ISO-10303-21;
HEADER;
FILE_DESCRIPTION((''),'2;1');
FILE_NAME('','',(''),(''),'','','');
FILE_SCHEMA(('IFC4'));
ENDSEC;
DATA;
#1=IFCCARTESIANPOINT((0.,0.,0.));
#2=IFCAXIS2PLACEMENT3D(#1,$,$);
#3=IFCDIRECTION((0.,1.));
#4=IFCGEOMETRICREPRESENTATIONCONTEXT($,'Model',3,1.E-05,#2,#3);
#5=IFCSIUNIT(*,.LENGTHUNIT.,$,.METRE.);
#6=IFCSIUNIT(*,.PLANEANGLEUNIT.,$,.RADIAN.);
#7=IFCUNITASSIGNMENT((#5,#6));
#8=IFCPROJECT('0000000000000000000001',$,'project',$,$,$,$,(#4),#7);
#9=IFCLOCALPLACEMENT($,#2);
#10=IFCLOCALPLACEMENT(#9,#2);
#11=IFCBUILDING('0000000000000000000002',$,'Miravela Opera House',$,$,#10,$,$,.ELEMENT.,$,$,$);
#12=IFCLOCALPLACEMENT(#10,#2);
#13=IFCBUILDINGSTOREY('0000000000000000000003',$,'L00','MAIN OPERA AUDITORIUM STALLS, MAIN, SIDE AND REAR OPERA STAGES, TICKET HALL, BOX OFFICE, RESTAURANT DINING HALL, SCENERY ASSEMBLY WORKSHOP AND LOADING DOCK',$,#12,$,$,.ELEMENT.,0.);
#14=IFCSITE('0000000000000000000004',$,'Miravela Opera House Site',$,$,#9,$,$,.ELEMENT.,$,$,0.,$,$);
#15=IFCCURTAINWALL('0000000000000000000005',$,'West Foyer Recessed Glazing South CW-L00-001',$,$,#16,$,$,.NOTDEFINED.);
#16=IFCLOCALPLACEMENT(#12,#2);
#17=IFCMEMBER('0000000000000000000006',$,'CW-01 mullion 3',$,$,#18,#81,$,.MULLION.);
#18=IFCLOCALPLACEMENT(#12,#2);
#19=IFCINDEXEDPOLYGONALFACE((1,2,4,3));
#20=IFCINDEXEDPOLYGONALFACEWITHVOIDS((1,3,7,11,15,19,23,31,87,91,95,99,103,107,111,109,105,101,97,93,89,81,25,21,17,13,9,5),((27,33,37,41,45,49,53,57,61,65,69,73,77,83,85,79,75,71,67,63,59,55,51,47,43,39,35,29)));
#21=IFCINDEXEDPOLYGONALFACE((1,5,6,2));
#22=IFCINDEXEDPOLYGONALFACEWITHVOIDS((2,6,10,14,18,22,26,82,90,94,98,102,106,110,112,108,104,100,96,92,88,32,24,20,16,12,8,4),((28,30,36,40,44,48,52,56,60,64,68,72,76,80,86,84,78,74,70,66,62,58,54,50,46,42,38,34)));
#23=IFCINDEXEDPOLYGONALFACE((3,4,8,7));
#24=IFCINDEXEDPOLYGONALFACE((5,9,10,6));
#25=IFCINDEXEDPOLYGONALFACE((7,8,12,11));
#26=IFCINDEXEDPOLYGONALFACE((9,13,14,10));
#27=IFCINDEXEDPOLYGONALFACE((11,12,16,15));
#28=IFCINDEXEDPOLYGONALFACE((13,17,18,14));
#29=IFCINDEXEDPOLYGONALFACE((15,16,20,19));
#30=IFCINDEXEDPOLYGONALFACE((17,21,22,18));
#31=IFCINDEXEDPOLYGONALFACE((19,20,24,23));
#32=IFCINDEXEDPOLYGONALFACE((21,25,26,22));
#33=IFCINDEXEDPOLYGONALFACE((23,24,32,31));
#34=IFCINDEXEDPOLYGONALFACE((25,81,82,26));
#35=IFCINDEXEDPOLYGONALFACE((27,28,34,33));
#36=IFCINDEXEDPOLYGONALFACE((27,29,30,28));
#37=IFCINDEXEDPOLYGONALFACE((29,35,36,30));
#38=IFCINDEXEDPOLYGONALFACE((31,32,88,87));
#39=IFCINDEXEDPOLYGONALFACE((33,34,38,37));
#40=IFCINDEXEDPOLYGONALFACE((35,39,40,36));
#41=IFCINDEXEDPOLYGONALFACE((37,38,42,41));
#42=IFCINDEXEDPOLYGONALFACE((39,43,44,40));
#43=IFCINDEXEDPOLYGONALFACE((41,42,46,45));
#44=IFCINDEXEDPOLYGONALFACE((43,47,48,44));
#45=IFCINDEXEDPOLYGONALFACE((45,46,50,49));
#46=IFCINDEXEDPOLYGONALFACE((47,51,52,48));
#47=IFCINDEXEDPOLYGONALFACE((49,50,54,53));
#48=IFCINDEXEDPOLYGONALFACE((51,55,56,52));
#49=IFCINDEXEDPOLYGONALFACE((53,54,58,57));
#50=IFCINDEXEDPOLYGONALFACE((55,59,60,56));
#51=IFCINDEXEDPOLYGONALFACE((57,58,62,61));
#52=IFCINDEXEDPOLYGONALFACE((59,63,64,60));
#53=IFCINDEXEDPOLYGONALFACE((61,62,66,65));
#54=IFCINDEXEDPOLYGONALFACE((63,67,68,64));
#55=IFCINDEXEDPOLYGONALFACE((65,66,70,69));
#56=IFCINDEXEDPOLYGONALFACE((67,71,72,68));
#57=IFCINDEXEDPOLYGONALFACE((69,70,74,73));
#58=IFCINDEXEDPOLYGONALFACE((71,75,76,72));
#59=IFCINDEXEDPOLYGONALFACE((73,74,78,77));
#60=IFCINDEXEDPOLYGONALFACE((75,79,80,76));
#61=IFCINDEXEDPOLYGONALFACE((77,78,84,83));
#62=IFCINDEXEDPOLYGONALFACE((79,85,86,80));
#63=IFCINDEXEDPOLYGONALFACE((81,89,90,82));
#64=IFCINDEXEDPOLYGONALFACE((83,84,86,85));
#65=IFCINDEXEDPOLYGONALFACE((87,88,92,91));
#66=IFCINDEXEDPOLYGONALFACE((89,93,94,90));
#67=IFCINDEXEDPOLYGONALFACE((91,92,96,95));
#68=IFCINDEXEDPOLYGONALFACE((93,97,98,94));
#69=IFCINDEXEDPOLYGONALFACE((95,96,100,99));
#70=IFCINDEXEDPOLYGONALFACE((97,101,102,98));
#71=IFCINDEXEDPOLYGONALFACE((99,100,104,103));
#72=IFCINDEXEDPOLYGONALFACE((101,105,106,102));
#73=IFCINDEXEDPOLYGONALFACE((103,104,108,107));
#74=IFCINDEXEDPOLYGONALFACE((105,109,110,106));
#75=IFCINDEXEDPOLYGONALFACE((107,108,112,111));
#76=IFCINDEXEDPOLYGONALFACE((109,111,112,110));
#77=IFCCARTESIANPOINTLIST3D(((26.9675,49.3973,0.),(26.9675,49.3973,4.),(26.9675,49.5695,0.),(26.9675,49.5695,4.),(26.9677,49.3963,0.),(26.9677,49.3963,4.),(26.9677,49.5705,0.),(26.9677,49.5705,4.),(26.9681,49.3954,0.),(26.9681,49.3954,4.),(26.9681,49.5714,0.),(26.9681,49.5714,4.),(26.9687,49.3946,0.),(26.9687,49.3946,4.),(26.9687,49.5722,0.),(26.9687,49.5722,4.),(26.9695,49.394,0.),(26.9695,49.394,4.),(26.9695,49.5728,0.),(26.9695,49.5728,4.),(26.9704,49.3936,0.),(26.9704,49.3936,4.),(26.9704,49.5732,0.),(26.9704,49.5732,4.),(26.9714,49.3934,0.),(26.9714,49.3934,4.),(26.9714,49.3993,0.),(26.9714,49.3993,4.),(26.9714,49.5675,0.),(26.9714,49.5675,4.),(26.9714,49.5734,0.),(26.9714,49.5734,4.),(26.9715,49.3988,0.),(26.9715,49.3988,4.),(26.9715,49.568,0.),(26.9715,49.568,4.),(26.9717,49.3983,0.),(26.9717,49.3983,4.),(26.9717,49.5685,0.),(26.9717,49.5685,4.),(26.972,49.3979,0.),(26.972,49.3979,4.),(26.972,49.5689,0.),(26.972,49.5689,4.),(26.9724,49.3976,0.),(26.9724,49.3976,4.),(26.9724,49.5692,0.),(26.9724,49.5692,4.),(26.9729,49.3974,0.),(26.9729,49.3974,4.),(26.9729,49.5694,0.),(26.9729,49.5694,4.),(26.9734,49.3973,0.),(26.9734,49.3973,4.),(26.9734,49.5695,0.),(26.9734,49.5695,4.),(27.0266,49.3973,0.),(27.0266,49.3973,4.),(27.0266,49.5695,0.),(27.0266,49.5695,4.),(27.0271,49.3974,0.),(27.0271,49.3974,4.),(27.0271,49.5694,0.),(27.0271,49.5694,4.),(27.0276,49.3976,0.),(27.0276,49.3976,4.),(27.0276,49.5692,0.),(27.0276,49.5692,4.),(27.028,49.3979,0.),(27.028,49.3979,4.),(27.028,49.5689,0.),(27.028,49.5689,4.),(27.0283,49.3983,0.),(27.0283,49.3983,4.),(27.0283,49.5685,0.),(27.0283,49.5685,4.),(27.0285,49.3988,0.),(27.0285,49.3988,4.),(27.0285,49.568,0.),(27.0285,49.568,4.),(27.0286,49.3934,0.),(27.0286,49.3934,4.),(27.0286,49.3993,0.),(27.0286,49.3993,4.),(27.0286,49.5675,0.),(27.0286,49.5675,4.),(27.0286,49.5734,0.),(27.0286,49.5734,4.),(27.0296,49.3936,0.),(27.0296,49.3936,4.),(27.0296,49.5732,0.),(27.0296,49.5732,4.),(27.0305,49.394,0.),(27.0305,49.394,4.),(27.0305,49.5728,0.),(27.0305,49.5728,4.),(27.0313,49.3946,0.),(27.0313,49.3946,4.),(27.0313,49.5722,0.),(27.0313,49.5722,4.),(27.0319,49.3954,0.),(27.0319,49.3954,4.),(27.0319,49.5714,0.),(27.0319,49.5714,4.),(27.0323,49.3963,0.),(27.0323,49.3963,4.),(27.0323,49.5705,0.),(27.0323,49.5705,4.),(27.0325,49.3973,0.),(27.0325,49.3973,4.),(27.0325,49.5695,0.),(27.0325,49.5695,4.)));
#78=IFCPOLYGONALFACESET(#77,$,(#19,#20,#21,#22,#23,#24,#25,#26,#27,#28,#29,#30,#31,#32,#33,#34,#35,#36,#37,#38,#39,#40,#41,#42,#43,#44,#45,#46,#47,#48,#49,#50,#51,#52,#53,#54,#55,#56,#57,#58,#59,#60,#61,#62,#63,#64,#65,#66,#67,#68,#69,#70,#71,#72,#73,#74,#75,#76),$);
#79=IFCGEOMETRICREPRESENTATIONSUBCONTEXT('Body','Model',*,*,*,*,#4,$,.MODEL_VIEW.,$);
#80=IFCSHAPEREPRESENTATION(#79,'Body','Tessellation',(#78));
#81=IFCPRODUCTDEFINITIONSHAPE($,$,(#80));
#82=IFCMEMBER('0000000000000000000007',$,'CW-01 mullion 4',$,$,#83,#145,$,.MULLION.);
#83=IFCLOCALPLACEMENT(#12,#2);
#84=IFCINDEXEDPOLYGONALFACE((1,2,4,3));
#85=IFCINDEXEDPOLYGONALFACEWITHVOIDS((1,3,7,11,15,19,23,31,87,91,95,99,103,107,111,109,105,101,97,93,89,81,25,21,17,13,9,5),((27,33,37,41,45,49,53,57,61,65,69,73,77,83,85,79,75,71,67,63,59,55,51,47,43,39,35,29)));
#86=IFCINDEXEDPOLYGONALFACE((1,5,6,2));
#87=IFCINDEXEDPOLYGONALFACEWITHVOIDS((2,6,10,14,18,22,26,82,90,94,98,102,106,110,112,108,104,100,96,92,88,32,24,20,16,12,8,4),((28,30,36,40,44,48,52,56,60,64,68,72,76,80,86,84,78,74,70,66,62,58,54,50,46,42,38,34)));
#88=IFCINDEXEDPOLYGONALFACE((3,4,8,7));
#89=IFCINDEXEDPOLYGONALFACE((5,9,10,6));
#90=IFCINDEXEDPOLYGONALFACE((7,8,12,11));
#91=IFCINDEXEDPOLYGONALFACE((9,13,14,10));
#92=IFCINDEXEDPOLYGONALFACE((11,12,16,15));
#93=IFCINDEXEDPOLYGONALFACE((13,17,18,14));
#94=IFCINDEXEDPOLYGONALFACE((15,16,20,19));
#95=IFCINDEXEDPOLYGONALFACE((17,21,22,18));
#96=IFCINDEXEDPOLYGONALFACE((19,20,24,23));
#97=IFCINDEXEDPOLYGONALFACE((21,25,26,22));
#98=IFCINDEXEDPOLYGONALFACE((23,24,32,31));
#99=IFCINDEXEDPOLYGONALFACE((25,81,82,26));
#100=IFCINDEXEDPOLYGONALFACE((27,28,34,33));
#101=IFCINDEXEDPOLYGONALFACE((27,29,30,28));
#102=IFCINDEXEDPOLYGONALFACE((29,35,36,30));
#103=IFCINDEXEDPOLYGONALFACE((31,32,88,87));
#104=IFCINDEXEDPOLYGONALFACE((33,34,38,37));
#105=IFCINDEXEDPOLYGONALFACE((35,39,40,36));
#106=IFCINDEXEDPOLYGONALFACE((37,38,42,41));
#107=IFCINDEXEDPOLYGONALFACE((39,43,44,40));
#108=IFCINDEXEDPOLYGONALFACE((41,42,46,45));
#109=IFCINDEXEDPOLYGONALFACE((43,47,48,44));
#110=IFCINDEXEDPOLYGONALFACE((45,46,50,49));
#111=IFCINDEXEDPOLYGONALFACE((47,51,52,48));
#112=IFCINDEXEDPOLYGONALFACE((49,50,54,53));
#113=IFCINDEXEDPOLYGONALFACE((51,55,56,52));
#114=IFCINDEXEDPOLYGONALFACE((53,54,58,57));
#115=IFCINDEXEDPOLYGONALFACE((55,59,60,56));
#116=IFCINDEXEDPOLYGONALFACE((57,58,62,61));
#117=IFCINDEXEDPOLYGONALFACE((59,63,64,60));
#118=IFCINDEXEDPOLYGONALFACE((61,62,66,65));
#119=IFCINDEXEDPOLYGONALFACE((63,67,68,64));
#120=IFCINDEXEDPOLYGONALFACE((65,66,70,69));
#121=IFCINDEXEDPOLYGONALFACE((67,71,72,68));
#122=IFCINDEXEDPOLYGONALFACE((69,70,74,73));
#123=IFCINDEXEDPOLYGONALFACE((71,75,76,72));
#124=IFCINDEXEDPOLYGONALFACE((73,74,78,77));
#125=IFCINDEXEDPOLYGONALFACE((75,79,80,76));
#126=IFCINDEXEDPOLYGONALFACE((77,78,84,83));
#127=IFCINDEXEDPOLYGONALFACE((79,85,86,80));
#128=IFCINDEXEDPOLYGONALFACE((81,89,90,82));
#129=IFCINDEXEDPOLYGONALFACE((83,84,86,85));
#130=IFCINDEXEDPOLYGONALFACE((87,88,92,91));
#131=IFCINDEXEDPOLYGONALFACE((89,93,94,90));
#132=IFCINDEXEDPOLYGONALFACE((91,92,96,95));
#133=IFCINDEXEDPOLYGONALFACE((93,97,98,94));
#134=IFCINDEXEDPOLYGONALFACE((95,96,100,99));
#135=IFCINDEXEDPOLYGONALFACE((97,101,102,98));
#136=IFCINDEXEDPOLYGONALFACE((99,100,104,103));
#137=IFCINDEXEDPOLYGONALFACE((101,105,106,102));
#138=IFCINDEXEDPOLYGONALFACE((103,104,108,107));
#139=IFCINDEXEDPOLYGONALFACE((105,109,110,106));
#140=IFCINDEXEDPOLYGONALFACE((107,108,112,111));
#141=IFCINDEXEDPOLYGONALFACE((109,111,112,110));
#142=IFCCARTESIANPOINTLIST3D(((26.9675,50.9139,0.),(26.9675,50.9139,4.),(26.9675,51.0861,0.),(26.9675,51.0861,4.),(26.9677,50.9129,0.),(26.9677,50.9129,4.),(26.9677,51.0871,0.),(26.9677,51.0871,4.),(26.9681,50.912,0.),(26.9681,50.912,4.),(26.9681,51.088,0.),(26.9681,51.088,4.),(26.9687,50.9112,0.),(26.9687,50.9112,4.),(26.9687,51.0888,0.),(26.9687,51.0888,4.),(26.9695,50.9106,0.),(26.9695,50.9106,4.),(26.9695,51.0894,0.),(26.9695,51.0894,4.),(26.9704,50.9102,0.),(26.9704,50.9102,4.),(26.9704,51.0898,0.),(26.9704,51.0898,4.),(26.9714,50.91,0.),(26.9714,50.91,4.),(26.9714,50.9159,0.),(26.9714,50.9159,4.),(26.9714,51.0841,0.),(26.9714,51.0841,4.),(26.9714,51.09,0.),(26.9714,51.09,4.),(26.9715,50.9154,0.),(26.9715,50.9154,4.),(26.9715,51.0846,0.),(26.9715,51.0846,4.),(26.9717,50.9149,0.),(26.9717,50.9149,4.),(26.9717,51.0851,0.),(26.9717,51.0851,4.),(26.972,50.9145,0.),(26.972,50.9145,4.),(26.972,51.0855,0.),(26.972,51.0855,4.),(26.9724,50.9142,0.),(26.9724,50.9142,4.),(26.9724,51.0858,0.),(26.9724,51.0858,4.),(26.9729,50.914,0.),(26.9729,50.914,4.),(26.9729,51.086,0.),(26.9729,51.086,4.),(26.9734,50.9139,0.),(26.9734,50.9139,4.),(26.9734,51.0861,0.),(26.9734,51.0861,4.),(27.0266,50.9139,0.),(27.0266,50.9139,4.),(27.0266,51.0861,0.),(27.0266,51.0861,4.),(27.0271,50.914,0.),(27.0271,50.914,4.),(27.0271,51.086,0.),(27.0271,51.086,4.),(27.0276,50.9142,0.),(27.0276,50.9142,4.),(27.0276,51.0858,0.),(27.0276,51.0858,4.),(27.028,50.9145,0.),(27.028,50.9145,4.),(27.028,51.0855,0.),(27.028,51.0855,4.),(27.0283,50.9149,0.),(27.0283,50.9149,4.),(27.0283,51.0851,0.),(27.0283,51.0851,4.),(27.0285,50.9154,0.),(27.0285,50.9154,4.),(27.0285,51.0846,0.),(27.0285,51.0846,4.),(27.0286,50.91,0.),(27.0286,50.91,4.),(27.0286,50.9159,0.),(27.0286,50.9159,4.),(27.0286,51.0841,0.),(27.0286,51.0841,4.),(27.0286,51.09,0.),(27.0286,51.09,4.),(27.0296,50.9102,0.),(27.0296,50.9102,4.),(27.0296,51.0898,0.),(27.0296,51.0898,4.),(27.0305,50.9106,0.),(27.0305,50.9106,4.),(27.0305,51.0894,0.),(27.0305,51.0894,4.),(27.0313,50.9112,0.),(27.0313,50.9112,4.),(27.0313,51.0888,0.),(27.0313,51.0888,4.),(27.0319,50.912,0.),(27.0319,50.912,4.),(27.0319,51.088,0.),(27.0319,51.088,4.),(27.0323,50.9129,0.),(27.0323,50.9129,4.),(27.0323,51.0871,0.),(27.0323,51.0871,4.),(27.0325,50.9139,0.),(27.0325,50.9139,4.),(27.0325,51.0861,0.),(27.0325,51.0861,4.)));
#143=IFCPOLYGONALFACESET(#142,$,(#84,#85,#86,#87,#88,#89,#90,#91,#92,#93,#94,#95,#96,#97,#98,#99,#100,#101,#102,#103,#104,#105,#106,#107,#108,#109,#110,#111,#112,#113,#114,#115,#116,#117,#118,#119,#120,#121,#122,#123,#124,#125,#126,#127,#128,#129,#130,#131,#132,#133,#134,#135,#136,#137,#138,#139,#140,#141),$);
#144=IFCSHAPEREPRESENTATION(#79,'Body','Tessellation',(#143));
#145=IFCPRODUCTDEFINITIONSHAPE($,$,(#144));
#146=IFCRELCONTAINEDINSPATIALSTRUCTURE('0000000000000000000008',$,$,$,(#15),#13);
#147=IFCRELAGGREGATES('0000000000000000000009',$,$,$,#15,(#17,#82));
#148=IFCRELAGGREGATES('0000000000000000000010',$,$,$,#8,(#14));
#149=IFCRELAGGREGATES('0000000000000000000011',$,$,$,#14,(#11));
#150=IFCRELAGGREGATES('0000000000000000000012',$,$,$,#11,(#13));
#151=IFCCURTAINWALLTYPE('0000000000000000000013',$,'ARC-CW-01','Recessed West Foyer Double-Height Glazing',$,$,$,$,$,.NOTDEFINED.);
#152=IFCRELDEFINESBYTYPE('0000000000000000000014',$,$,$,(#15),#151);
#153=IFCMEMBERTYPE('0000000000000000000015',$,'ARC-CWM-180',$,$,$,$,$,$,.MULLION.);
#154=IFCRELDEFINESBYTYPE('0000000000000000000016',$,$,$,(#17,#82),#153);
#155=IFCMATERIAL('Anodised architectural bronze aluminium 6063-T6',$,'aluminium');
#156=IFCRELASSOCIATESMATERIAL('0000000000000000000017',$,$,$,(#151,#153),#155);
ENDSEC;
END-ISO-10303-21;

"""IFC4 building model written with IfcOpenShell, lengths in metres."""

from ifc_helpers import new_model, si_unit, direction, frame, origin, origin_2d, place, context, subcontext, project, spatial, hollow_rectangle, extrude, material, material_profile, profile_set, type_object, element, aggregate, save


model = new_model("IFC4")

# Units and contexts
model_context = context("Model", 3, precision=1e-05, world=origin(), true_north=direction((0.0, 1.0)))
body_context = subcontext(model_context, "Body", "Model", "MODEL_VIEW")
ifc_project = project(units=[si_unit("LENGTHUNIT", "METRE"), si_unit("PLANEANGLEUNIT", "RADIAN")], contexts=[model_context])

# Site, building, storey
site_placement = place(None, origin())
site = spatial("IfcSite", under=ifc_project, at=site_placement, Name="Miravela Opera House Site", CompositionType="ELEMENT", RefElevation=0.0)
building_placement = place(site_placement, origin())
building = spatial("IfcBuilding", under=site, at=building_placement, Name="Miravela Opera House", CompositionType="ELEMENT")
storey_placement = place(building_placement, origin())
storey = spatial("IfcBuildingStorey", under=building, at=storey_placement, Name="L00", Description="MAIN OPERA AUDITORIUM STALLS, MAIN, SIDE AND REAR OPERA STAGES, TICKET HALL, BOX OFFICE, RESTAURANT DINING HALL, SCENERY ASSEMBLY WORKSHOP AND LOADING DOCK", CompositionType="ELEMENT", Elevation=0.0)

# Curtain wall, members
ifc_material_1 = material(Name="Anodised architectural bronze aluminium 6063-T6", Category="aluminium")
curtain_wall_type = type_object("IfcCurtainWallType", Name="ARC-CW-01", Description="Recessed West Foyer Double-Height Glazing", PredefinedType="NOTDEFINED", material=ifc_material_1)
curtain_wall_placement = place(storey_placement, origin())
curtain_wall = element("IfcCurtainWall", 1, at=curtain_wall_placement, inside=storey, type_object=curtain_wall_type, Name="West Foyer Recessed Glazing South CW-L00-001", PredefinedType="NOTDEFINED")
ifc_material_profile_1 = material_profile(ifc_material_1, hollow_rectangle(XDim=0.0649, YDim=0.1799, WallThickness=0.0039, InnerFilletRadius=0.002, OuterFilletRadius=0.0039, at=origin_2d()), Name="CWM-65X180")
ifc_profile_set_1 = profile_set([ifc_material_profile_1])
member_type_1 = type_object("IfcMemberType", Name="ARC-CWM-180", PredefinedType="MULLION", material=ifc_profile_set_1)
member_1_placement = place(storey_placement, frame((27.0, 49.4834, 0.0), z_axis=(0.0, 0.0, 1.0), x_axis=(-1.0, 0.0, 0.0)))
member_1 = element("IfcMember", 2, at=member_1_placement, type_object=member_type_1, Name="CW-01 mullion 3", PredefinedType="MULLION", context=body_context, shape_type="SweptSolid", body=[
    extrude(hollow_rectangle(XDim=0.0649, YDim=0.1799, WallThickness=0.0039, InnerFilletRadius=0.002, OuterFilletRadius=0.0039, at=origin_2d()), origin(), (0.0, 0.0, 1.0), 4.0),
])
member_2_placement = place(storey_placement, frame((27.0, 51.0, 0.0), z_axis=(0.0, 0.0, 1.0), x_axis=(-1.0, 0.0, 0.0)))
member_2 = element("IfcMember", 3, at=member_2_placement, type_object=member_type_1, Name="CW-01 mullion 4", PredefinedType="MULLION", context=body_context, shape_type="SweptSolid", body=[
    extrude(hollow_rectangle(XDim=0.0649, YDim=0.1799, WallThickness=0.0039, InnerFilletRadius=0.002, OuterFilletRadius=0.0039, at=origin_2d()), origin(), (0.0, 0.0, 1.0), 4.0),
])

aggregate(curtain_wall, [member_1, member_2])

save(model, "model.ifc")
